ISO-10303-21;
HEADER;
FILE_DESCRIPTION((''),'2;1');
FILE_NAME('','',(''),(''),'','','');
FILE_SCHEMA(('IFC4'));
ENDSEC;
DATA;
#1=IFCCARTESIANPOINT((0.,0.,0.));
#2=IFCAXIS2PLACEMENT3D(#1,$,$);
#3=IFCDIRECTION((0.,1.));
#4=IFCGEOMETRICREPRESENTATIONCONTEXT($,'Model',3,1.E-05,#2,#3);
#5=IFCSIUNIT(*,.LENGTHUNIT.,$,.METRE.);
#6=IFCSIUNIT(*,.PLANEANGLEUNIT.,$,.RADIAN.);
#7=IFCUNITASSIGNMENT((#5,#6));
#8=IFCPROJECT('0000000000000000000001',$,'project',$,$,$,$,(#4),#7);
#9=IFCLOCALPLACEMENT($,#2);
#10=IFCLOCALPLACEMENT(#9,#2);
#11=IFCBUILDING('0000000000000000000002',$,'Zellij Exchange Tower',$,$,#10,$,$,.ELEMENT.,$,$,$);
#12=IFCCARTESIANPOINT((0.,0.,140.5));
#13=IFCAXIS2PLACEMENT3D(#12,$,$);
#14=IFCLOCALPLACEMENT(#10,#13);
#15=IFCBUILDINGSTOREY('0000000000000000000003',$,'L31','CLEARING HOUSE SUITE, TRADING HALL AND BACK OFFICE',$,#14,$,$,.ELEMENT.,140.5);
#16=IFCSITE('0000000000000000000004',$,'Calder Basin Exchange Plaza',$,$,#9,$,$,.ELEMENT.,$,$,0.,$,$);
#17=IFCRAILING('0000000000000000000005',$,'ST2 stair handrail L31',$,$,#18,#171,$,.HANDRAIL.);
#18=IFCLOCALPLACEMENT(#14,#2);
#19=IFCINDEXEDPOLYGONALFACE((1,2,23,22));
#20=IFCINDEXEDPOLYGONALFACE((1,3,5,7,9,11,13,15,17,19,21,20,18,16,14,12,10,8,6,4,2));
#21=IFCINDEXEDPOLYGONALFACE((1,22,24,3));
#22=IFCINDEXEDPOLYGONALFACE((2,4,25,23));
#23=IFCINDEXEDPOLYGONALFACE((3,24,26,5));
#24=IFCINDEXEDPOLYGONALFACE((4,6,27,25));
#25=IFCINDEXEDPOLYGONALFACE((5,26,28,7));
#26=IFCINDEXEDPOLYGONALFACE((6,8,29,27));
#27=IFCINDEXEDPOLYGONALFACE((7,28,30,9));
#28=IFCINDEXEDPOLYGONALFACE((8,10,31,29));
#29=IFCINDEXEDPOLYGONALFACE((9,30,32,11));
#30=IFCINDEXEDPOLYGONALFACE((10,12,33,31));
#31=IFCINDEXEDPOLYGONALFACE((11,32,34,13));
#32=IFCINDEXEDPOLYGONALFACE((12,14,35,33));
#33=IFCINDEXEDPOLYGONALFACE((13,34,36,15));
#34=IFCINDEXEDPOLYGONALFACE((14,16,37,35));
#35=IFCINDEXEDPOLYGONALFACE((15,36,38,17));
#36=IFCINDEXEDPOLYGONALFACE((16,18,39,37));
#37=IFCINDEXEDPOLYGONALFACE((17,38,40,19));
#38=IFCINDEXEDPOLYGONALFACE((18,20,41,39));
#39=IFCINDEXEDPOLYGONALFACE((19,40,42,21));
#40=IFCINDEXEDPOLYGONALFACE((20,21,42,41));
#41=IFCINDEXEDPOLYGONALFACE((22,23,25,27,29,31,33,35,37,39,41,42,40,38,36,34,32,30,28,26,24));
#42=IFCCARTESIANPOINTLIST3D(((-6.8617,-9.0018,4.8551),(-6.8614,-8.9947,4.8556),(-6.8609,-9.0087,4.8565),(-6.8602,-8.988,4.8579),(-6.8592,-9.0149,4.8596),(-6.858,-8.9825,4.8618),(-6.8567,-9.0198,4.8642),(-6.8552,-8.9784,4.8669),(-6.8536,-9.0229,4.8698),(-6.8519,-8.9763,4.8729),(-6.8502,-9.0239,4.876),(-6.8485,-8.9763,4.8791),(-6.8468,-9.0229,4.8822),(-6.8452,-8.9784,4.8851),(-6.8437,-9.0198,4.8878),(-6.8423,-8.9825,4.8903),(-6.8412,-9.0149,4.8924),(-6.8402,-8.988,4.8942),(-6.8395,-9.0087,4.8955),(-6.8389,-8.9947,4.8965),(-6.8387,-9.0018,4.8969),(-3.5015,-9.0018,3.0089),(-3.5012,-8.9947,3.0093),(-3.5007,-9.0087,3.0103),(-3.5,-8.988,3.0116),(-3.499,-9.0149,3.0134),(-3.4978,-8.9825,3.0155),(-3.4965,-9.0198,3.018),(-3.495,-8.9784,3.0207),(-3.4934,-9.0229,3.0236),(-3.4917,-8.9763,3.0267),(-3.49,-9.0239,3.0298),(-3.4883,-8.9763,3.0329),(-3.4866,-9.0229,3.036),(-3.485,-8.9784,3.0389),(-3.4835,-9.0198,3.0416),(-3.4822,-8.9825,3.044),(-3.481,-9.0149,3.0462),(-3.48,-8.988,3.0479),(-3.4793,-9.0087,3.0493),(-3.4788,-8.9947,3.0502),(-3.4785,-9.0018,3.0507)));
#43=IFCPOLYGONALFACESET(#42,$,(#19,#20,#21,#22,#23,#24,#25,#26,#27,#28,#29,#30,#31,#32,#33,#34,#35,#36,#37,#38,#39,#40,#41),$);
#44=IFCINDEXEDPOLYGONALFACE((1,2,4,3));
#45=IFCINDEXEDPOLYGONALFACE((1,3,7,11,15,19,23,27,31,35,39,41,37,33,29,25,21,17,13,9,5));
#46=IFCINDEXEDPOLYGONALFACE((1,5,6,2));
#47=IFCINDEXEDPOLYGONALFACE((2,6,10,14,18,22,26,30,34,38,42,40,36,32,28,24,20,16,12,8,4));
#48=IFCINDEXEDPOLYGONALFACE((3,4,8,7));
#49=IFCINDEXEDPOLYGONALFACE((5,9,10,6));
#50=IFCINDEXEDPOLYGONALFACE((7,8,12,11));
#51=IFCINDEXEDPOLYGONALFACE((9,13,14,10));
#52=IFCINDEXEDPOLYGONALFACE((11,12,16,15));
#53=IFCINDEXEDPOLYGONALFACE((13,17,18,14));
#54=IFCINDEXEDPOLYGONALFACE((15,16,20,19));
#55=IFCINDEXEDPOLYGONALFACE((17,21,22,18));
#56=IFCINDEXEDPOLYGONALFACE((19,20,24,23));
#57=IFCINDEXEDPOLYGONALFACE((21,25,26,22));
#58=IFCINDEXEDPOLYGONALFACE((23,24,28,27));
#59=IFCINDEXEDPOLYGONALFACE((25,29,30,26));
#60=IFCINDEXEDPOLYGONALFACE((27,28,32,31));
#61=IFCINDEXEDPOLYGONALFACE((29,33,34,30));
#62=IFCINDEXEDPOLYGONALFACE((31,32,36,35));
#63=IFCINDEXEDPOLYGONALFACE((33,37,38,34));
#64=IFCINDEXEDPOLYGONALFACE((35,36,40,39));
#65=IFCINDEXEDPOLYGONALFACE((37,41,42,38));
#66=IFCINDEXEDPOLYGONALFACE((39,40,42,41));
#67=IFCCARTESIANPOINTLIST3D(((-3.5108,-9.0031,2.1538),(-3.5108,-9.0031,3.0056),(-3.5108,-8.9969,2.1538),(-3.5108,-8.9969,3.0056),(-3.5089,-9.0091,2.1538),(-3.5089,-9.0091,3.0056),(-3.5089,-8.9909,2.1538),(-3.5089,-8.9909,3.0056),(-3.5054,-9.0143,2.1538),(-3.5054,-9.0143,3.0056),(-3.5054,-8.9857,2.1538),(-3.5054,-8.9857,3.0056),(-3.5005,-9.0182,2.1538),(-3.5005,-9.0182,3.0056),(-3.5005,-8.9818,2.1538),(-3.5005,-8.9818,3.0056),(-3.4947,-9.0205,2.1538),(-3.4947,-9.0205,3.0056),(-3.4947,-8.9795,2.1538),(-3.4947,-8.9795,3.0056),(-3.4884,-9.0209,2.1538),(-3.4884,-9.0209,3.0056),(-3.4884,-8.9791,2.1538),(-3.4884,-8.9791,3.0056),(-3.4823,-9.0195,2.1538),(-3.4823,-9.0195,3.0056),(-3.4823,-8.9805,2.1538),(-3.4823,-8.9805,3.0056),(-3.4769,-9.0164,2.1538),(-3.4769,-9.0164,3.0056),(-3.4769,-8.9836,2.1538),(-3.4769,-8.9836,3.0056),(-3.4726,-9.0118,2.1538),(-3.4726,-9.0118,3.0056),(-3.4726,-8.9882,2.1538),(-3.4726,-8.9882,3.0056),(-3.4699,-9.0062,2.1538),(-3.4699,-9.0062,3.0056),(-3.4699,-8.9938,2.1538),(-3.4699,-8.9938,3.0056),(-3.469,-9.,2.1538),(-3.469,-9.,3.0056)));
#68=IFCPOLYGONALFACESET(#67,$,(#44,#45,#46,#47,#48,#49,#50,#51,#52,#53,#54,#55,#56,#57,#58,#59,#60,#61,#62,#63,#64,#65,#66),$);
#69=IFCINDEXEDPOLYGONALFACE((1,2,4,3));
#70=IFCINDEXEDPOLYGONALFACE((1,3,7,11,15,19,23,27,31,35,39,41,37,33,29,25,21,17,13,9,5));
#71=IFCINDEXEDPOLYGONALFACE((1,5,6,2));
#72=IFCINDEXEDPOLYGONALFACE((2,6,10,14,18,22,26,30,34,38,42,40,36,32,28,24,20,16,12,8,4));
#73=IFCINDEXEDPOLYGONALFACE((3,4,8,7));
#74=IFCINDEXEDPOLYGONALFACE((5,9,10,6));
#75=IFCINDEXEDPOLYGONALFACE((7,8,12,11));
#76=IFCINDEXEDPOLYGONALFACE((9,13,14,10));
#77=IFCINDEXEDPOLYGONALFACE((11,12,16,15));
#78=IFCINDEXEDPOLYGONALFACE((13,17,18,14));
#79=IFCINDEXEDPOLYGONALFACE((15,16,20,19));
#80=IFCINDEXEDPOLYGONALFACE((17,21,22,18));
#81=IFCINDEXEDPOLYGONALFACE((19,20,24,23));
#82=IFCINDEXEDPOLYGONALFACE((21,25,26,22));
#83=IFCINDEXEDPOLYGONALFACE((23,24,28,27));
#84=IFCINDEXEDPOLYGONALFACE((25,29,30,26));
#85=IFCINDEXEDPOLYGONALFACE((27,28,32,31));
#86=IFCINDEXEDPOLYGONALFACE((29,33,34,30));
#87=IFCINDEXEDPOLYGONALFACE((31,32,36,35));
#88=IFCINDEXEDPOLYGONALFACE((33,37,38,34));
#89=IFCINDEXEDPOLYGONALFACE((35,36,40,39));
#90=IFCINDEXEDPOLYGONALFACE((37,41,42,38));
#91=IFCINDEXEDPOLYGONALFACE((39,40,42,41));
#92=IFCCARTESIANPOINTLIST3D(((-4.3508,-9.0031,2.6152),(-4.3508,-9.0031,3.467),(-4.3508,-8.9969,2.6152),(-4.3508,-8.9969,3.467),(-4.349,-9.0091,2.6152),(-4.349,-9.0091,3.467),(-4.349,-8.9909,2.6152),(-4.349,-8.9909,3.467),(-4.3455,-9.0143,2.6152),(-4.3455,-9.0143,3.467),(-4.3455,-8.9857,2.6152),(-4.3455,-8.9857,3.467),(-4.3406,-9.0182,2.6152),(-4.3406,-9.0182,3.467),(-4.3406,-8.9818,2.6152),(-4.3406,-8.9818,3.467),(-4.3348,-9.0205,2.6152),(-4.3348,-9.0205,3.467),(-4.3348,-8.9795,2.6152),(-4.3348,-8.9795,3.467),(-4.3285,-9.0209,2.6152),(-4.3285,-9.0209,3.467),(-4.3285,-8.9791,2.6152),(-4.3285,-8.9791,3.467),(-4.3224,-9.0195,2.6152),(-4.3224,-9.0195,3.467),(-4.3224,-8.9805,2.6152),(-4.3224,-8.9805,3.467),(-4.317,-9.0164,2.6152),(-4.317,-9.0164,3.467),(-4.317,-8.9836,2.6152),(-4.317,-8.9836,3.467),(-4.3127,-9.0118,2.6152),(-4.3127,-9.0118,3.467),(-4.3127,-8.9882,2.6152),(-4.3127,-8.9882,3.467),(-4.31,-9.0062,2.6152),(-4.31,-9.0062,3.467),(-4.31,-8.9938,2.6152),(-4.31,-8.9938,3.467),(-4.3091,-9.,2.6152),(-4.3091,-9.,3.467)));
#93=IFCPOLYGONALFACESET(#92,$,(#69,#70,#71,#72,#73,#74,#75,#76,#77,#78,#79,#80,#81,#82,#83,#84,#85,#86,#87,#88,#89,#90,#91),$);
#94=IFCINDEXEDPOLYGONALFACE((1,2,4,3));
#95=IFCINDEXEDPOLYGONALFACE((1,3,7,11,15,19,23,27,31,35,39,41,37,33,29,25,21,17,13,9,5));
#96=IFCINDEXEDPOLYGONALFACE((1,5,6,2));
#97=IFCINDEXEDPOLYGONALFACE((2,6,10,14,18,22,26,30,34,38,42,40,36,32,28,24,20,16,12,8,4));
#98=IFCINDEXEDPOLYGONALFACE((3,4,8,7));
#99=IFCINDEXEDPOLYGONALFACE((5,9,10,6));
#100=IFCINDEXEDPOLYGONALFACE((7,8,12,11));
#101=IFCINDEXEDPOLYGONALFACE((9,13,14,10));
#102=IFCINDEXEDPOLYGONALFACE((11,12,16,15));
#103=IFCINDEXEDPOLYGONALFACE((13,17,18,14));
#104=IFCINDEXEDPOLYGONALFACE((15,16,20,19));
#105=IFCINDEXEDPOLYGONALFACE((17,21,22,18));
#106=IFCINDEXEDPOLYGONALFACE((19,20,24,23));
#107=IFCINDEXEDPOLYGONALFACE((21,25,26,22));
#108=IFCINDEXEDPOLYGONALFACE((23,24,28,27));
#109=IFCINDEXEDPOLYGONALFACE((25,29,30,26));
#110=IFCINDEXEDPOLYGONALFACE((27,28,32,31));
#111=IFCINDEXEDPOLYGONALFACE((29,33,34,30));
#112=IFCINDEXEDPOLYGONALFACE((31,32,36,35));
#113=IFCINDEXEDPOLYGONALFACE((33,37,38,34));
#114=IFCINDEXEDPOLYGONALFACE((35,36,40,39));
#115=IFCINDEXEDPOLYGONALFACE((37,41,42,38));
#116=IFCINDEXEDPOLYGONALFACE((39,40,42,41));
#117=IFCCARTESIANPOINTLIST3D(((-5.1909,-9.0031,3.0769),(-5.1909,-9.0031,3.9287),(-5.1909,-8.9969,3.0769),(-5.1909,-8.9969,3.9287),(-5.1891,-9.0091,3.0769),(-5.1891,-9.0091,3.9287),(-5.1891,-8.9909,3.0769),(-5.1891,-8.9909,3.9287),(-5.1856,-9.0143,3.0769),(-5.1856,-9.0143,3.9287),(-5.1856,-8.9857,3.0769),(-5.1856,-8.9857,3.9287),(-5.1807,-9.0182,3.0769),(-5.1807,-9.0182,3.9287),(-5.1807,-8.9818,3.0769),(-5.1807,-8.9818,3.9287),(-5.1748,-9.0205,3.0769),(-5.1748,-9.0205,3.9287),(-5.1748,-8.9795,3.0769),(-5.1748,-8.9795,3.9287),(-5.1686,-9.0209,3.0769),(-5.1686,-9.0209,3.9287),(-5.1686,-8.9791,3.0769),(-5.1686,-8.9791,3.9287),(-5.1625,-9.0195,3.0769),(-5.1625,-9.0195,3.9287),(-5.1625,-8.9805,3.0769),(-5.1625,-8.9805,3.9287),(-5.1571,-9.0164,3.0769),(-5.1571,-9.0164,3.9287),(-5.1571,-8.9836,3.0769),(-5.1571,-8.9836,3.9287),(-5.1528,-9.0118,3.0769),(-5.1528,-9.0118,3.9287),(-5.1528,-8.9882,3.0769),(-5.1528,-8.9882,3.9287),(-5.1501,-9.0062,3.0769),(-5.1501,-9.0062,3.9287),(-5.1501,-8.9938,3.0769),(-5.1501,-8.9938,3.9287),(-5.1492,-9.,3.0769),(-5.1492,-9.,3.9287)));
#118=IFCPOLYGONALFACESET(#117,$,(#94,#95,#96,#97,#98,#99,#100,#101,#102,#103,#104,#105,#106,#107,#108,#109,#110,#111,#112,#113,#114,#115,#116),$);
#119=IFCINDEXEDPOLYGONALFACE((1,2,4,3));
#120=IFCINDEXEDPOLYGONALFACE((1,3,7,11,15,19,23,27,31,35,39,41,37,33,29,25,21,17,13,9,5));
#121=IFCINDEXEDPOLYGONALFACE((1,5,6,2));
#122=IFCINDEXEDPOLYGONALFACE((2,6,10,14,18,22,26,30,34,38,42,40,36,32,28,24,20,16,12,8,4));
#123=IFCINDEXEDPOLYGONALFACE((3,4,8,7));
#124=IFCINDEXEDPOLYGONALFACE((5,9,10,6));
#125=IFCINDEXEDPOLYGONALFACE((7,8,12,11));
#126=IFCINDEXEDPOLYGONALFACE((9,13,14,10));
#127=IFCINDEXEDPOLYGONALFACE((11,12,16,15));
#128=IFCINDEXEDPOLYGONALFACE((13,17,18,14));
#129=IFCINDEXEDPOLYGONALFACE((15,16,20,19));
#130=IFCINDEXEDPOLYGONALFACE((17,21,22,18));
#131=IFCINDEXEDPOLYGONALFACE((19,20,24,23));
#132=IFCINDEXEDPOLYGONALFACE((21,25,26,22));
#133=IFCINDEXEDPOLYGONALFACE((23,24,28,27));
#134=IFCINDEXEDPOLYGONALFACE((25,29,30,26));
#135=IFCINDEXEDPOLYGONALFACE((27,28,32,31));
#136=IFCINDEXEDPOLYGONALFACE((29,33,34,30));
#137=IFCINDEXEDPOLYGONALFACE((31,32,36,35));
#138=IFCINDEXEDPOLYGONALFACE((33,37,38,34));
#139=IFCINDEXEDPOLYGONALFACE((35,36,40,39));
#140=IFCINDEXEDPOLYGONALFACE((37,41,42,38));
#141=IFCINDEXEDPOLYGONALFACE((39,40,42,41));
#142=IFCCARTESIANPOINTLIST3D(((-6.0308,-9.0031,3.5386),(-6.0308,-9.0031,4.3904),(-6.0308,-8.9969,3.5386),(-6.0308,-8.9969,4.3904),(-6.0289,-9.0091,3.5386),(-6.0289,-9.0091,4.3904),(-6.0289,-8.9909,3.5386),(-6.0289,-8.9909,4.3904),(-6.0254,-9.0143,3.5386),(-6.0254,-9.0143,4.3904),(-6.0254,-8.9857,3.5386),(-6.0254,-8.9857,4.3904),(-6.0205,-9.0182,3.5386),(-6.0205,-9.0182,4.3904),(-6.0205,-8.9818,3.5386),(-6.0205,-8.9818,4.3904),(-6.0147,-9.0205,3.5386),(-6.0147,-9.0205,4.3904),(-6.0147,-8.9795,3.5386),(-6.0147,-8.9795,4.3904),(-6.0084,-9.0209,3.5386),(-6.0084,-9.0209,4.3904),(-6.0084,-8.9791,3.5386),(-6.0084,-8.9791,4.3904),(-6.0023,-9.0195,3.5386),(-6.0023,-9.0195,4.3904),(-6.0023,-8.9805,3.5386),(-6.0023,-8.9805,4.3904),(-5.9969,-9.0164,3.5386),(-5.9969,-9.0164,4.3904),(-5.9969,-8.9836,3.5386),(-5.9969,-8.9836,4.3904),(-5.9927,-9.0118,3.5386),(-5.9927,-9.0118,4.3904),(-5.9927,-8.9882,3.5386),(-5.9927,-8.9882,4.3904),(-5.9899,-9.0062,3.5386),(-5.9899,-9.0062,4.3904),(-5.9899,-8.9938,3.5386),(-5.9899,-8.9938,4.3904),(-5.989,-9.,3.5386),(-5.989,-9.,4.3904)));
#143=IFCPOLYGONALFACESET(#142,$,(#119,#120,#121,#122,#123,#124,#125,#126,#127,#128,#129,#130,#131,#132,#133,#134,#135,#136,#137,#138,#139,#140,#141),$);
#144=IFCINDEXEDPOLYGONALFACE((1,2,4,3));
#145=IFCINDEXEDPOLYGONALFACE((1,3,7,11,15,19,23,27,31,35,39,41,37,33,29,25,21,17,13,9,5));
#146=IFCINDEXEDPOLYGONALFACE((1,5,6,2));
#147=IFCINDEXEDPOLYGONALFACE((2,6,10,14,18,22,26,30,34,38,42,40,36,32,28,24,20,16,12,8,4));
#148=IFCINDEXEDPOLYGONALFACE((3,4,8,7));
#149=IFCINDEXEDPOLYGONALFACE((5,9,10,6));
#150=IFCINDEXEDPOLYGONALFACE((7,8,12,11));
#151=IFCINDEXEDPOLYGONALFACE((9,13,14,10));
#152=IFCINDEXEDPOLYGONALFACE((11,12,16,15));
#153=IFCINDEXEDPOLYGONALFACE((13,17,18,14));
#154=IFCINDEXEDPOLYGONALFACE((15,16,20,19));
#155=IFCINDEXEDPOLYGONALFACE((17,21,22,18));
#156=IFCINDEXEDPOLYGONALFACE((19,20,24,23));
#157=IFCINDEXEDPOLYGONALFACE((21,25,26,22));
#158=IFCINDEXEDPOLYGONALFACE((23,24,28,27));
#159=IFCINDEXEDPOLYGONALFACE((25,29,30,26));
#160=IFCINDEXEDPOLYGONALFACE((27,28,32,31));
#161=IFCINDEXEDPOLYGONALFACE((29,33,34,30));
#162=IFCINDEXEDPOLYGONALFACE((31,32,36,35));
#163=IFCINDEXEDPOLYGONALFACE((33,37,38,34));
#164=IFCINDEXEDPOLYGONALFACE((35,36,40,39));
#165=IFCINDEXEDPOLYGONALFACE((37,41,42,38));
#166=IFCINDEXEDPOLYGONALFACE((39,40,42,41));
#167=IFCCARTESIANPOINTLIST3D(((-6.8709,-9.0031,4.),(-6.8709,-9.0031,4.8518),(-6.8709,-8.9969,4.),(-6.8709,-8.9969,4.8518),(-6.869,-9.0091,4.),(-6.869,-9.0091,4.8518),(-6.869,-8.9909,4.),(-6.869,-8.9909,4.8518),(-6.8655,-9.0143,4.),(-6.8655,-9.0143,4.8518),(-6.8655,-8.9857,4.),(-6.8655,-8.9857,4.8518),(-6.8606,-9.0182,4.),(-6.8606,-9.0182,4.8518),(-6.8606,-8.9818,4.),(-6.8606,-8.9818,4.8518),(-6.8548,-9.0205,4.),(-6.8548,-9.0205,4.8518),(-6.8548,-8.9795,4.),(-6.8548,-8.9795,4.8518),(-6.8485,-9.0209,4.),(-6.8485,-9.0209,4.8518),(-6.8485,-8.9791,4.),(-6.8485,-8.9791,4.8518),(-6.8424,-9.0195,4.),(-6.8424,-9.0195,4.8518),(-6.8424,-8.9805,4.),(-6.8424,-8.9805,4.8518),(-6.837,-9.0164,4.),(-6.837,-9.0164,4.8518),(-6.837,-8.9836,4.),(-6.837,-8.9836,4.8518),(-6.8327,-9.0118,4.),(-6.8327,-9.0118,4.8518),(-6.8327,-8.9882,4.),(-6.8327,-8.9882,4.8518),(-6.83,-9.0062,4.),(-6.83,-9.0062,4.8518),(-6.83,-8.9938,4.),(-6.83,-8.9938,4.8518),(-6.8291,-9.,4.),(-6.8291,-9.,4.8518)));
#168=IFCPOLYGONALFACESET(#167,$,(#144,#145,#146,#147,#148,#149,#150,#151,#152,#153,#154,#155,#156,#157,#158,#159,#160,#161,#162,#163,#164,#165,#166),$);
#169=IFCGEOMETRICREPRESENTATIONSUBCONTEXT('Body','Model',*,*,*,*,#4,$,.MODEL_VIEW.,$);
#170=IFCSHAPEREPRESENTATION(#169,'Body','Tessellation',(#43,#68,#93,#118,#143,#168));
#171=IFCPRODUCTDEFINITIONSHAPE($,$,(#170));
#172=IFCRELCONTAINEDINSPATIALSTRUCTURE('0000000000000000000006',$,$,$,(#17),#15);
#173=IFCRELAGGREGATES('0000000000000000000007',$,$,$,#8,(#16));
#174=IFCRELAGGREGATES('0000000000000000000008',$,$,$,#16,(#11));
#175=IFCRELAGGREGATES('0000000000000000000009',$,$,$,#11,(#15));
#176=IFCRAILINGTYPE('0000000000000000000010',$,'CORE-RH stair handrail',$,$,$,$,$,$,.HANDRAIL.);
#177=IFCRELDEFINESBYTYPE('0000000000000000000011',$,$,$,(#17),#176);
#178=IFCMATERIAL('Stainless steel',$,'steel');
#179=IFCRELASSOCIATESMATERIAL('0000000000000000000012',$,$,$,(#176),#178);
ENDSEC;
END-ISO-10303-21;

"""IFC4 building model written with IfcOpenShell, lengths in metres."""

from ifc_helpers import new_model, si_unit, direction, frame, origin, origin_2d, place, context, subcontext, project, spatial, circle, extrude, material, type_object, element, save


model = new_model("IFC4")

# Units and contexts
model_context = context("Model", 3, precision=1e-05, world=origin(), true_north=direction((0.0, 1.0)))
body_context = subcontext(model_context, "Body", "Model", "MODEL_VIEW")
ifc_project = project(units=[si_unit("LENGTHUNIT", "METRE"), si_unit("PLANEANGLEUNIT", "RADIAN")], contexts=[model_context])

# Site, building, storey
site_placement = place(None, origin())
site = spatial("IfcSite", under=ifc_project, at=site_placement, Name="Calder Basin Exchange Plaza", CompositionType="ELEMENT", RefElevation=0.0)
building_placement = place(site_placement, origin())
building = spatial("IfcBuilding", under=site, at=building_placement, Name="Zellij Exchange Tower", CompositionType="ELEMENT")
storey_placement = place(building_placement, frame((0.0, 0.0, 140.5)))
storey = spatial("IfcBuildingStorey", under=building, at=storey_placement, Name="L31", Description="CLEARING HOUSE SUITE, TRADING HALL AND BACK OFFICE", CompositionType="ELEMENT", Elevation=140.5)

# Railing
ifc_material_1 = material(Name="Stainless steel", Category="steel")
railing_type_1 = type_object("IfcRailingType", Name="CORE-RH stair handrail", PredefinedType="HANDRAIL", material=ifc_material_1)
railing_1_placement = place(storey_placement, frame((-3.49, -9.0, 2.1538)))
element("IfcRailing", 1, at=railing_1_placement, inside=storey, type_object=railing_type_1, Name="ST2 stair handrail L31", PredefinedType="HANDRAIL", context=body_context, shape_type="SweptSolid", body=[
    extrude(circle(Radius=0.0239, at=origin_2d()), frame((0.0, 0.0, 0.876), z_axis=(-0.876422, 0.0, 0.481545), x_axis=(0.0, -1.0, 0.0)), (0.0, 0.0, 1.0), 3.834),
    extrude(circle(Radius=0.021, at=origin_2d()), origin(), (0.0, 0.0, 1.0), 0.8518),
    extrude(circle(Radius=0.021, at=origin_2d()), frame((-0.8401, 0.0, 0.4614)), (0.0, 0.0, 1.0), 0.8518),
    extrude(circle(Radius=0.021, at=origin_2d()), frame((-1.6802, 0.0, 0.9231)), (0.0, 0.0, 1.0), 0.8518),
    extrude(circle(Radius=0.021, at=origin_2d()), frame((-2.52, 0.0, 1.3848)), (0.0, 0.0, 1.0), 0.8518),
    extrude(circle(Radius=0.021, at=origin_2d()), frame((-3.3601, 0.0, 1.8462)), (0.0, 0.0, 1.0), 0.8518),
])

save(model, "model.ifc")
